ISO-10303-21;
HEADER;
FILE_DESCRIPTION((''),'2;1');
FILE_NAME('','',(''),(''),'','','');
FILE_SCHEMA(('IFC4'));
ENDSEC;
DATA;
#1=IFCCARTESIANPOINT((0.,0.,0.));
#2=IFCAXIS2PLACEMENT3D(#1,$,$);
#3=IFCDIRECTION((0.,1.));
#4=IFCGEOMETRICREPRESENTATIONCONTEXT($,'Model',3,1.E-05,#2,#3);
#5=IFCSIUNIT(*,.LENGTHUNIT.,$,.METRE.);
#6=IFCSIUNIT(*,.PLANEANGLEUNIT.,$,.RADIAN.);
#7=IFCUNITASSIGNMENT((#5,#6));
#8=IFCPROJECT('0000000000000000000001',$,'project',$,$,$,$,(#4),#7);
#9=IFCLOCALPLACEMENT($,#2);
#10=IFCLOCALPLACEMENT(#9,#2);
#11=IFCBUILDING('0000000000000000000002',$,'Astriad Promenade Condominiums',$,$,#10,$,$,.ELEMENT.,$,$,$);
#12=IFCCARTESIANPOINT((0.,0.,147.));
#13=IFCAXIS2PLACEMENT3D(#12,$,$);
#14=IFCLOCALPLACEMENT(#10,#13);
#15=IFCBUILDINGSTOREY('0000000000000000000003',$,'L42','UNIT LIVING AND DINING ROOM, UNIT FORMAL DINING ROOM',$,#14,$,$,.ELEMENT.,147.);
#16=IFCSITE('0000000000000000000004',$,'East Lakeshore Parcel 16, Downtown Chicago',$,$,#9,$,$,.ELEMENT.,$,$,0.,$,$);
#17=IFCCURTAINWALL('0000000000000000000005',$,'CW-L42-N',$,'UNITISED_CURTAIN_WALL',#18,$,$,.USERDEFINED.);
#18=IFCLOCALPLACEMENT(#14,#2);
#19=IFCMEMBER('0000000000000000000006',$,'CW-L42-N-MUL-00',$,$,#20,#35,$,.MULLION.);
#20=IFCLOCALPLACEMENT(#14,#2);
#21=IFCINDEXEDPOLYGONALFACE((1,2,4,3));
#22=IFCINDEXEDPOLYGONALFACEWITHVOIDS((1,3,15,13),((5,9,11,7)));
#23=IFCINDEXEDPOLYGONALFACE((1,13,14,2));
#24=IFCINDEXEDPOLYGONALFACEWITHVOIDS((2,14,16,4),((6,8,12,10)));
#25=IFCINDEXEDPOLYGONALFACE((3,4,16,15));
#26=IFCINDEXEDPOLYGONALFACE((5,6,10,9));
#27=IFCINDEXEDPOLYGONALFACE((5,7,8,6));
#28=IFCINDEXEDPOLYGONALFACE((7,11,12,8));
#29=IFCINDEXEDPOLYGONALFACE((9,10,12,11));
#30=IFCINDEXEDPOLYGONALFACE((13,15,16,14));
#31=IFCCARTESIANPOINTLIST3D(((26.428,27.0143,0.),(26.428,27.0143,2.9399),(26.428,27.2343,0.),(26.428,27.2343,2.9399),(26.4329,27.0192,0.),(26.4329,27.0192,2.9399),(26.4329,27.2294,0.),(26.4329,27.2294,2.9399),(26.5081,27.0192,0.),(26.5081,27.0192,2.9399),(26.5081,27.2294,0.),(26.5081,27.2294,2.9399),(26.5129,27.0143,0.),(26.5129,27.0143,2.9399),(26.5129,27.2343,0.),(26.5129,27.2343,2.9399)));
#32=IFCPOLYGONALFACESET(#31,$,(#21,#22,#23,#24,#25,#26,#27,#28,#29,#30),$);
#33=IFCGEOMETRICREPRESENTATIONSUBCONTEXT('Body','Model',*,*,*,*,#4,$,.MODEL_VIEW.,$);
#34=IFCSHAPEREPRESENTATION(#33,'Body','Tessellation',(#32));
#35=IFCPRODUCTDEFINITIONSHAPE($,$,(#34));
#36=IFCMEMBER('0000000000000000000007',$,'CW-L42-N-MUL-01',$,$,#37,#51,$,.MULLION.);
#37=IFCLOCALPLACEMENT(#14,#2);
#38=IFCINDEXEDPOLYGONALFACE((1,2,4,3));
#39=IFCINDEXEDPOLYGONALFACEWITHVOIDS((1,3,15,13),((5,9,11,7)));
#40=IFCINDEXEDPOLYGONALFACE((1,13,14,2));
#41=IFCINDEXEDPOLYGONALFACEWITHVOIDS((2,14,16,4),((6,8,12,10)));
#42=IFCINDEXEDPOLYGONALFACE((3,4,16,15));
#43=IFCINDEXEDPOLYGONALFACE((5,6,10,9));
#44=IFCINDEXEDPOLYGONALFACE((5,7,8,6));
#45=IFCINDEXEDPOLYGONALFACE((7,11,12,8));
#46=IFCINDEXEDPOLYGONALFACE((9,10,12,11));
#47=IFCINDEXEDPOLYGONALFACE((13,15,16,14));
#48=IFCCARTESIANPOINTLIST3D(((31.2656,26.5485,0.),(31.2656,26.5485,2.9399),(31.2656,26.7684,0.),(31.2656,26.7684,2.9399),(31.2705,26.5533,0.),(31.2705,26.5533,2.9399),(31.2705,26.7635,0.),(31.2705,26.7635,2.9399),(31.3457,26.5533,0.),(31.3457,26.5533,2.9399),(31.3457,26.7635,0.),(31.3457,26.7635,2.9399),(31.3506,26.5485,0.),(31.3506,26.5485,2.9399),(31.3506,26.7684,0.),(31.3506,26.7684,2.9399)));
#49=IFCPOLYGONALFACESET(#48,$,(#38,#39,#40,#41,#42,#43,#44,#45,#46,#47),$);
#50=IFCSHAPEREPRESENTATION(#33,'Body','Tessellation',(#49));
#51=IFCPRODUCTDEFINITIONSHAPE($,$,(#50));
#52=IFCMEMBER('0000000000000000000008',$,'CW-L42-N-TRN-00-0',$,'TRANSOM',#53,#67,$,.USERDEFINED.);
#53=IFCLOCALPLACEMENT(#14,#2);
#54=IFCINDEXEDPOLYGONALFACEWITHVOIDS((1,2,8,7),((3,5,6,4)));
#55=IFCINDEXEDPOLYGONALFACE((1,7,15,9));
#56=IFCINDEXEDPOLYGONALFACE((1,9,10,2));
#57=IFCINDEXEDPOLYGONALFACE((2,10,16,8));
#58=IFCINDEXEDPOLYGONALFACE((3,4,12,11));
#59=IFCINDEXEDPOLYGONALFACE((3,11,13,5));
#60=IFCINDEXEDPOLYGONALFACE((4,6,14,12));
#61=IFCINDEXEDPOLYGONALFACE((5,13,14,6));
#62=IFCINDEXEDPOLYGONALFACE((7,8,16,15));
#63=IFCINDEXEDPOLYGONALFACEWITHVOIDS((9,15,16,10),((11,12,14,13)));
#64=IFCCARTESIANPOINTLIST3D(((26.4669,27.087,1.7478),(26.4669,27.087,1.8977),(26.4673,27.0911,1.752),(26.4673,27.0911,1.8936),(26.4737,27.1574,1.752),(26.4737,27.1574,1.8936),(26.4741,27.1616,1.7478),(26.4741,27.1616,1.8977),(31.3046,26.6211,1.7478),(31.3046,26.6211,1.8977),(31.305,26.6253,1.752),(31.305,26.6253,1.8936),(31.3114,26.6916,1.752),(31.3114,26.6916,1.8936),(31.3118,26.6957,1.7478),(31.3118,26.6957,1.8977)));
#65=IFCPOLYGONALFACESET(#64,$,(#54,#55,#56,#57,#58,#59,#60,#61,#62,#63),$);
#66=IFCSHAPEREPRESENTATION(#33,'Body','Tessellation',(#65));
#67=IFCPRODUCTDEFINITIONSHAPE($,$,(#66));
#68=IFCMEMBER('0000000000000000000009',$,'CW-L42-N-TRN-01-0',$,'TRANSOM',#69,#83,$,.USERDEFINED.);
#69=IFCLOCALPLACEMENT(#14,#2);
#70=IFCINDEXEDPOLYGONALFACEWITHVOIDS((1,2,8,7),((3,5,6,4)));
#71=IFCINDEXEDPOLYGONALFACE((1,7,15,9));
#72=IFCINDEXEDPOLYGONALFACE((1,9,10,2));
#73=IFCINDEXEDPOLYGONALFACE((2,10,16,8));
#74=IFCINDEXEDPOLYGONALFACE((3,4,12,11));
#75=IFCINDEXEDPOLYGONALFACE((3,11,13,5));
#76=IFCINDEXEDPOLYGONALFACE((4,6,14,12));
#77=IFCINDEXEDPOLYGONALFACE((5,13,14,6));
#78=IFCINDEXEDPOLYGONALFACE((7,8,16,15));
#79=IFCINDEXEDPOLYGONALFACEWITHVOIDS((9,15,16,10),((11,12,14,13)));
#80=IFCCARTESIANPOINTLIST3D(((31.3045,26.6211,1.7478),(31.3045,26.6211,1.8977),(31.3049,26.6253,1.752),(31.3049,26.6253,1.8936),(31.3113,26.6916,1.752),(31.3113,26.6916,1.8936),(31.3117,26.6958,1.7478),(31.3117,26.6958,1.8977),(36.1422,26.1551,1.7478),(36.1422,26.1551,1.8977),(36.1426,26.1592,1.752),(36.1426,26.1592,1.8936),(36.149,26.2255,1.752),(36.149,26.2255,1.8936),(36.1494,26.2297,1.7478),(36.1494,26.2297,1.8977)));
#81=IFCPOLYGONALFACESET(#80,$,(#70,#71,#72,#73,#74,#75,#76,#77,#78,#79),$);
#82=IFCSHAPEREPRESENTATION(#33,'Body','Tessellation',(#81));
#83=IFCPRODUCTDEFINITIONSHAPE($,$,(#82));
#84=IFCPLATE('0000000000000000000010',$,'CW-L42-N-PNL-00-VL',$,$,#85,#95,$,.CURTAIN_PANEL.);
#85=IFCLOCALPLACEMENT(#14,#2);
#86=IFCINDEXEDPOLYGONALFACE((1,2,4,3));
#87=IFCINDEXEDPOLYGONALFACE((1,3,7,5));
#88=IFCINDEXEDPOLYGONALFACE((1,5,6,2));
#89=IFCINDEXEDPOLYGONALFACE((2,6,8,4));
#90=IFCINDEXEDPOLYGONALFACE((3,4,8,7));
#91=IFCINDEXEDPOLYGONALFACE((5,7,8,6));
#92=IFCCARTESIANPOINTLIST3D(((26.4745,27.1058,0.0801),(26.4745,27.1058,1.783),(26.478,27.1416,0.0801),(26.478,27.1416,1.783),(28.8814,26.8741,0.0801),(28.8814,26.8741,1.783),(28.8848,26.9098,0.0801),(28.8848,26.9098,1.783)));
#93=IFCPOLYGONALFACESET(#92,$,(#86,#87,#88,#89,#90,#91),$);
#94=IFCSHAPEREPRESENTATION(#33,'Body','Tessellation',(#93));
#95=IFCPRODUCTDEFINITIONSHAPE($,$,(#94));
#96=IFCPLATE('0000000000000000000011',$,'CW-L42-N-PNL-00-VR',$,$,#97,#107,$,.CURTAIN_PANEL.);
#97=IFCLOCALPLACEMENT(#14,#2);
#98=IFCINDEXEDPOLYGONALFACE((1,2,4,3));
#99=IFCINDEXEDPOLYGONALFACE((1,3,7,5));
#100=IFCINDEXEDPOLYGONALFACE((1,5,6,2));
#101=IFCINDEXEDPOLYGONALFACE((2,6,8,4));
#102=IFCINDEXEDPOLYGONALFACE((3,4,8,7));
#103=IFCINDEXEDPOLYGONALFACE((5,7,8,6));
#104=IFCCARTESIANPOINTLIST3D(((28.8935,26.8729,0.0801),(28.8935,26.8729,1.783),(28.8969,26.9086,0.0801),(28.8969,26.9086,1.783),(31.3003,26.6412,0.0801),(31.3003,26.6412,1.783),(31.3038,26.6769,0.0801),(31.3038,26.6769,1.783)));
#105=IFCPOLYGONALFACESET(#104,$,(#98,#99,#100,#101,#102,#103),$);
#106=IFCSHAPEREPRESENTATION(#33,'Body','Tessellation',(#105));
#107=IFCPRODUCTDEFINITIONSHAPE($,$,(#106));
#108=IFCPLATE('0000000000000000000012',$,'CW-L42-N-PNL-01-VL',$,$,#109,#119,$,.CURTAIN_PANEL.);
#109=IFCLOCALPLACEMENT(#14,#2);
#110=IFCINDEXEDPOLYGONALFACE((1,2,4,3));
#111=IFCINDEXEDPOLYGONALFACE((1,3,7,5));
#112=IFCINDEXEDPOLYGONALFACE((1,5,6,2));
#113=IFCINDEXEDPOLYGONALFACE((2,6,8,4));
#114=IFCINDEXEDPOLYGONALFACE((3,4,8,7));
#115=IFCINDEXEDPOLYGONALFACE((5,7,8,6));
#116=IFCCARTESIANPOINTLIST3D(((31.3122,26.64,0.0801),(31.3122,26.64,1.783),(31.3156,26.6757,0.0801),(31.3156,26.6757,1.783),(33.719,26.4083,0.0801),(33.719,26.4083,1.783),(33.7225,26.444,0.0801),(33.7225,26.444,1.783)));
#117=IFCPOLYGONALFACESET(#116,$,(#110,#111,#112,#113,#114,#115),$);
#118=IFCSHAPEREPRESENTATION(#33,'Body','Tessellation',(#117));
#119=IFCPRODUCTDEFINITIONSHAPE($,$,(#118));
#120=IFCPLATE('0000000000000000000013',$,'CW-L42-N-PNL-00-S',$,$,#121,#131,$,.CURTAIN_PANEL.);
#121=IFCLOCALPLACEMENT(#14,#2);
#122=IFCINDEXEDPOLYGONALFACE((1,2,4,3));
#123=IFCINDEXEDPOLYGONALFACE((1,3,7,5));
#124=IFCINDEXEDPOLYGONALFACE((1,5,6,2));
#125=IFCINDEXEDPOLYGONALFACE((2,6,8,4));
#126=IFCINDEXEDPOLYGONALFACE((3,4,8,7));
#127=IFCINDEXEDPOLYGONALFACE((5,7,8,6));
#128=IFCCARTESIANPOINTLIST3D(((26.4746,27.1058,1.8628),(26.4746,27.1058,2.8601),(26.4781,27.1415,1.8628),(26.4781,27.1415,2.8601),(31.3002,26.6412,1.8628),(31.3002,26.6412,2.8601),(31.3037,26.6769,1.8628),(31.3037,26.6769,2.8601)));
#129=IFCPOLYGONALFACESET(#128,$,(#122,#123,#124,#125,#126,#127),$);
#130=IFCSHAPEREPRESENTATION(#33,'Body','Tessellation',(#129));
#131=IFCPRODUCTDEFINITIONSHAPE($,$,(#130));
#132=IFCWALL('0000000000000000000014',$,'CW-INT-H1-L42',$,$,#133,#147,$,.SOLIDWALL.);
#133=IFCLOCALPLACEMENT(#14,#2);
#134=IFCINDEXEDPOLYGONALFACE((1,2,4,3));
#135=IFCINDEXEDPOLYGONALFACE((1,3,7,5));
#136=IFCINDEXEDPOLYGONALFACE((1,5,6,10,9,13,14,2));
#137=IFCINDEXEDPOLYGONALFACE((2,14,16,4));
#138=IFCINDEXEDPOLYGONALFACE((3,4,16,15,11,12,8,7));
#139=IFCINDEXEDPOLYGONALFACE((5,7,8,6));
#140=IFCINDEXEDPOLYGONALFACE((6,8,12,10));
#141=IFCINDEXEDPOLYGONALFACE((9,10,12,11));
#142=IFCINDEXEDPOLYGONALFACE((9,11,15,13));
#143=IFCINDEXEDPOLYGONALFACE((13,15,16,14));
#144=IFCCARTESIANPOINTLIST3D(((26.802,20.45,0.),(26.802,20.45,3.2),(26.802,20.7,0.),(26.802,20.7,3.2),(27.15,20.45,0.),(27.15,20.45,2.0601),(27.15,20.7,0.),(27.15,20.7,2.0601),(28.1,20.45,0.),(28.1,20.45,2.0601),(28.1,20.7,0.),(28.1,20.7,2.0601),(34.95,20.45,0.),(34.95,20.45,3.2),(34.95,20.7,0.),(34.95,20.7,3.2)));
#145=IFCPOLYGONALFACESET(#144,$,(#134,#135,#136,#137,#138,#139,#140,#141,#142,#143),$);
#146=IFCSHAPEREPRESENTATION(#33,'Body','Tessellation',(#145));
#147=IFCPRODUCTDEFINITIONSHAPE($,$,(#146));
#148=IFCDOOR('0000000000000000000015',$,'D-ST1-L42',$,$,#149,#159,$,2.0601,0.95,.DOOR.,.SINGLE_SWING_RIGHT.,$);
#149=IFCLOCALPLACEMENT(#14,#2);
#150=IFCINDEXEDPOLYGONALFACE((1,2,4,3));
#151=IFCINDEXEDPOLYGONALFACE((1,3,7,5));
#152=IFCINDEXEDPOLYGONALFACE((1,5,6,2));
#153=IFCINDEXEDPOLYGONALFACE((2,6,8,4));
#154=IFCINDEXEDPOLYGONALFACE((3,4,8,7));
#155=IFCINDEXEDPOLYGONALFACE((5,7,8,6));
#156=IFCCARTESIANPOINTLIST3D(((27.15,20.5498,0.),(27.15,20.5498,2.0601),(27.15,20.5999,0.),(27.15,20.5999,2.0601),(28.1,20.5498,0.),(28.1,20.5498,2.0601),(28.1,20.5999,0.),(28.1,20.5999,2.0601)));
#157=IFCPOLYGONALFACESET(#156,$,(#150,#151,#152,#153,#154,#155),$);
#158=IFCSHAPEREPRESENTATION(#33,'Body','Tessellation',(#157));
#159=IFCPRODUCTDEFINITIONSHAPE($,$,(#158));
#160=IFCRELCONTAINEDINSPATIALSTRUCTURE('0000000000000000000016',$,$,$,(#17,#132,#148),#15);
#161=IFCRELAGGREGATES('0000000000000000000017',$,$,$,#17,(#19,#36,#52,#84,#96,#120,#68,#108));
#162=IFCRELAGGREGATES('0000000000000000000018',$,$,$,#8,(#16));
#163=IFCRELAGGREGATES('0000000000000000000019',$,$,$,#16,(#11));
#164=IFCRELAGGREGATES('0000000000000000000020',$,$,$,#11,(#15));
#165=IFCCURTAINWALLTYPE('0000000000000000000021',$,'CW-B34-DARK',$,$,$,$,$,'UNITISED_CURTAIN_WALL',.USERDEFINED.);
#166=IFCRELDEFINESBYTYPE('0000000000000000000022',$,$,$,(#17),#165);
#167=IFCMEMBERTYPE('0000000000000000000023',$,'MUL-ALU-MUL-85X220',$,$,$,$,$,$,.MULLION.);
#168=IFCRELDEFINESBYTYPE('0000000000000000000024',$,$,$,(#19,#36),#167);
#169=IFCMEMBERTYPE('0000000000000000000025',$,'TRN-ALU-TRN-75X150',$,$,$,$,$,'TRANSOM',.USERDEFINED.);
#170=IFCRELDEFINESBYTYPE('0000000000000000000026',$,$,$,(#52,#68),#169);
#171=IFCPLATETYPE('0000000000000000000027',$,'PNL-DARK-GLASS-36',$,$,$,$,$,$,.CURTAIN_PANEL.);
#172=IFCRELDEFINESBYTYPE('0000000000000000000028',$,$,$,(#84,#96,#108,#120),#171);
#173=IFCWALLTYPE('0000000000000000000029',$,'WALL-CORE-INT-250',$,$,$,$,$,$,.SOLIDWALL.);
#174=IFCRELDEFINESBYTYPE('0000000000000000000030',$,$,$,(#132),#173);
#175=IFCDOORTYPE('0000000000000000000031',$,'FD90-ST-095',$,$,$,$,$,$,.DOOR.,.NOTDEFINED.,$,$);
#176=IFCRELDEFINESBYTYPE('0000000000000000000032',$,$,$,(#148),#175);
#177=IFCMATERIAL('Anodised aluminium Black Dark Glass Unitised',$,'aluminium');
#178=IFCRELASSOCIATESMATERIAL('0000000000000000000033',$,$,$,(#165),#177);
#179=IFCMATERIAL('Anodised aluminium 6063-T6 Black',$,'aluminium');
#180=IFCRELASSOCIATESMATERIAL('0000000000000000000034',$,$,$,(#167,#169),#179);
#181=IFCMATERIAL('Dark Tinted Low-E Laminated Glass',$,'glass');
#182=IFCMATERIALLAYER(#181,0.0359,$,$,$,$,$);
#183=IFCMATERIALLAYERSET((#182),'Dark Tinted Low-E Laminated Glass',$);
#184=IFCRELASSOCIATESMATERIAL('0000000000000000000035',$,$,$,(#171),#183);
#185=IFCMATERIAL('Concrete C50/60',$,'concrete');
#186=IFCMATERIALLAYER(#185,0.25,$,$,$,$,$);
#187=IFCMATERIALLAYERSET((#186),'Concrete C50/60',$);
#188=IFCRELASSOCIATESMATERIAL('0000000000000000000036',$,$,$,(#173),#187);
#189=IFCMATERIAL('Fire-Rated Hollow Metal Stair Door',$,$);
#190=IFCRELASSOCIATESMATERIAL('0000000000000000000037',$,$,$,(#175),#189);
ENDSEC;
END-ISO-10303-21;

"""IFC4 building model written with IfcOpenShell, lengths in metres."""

from ifc_helpers import new_model, si_unit, direction, frame, frame_2d, origin, origin_2d, place, context, subcontext, project, spatial, rectangle, hollow_rectangle, extrude, source, transform, mapped, material, layer, layer_set, material_profile, profile_set, type_object, type_shapes, element, fill, aggregate, save


model = new_model("IFC4")

# Units and contexts
model_context = context("Model", 3, precision=1e-05, world=origin(), true_north=direction((0.0, 1.0)))
body_context = subcontext(model_context, "Body", "Model", "MODEL_VIEW")
ifc_project = project(units=[si_unit("LENGTHUNIT", "METRE"), si_unit("PLANEANGLEUNIT", "RADIAN")], contexts=[model_context])

# Site, building, storey
site_placement = place(None, origin())
site = spatial("IfcSite", under=ifc_project, at=site_placement, Name="East Lakeshore Parcel 16, Downtown Chicago", CompositionType="ELEMENT", RefElevation=0.0)
building_placement = place(site_placement, origin())
building = spatial("IfcBuilding", under=site, at=building_placement, Name="Astriad Promenade Condominiums", CompositionType="ELEMENT")
storey_placement = place(building_placement, frame((0.0, 0.0, 147.0)))
storey = spatial("IfcBuildingStorey", under=building, at=storey_placement, Name="L42", Description="UNIT LIVING AND DINING ROOM, UNIT FORMAL DINING ROOM", CompositionType="ELEMENT", Elevation=147.0)

# Curtain wall, members, plates
ifc_material_1 = material(Name="Anodised aluminium Black Dark Glass Unitised", Category="aluminium")
curtain_wall_type = type_object("IfcCurtainWallType", Name="CW-B34-DARK", ElementType="UNITISED_CURTAIN_WALL", PredefinedType="USERDEFINED", material=ifc_material_1)
curtain_wall_placement = place(storey_placement, origin())
curtain_wall = element("IfcCurtainWall", 1, at=curtain_wall_placement, inside=storey, type_object=curtain_wall_type, Name="CW-L42-N", ObjectType="UNITISED_CURTAIN_WALL", PredefinedType="USERDEFINED")
ifc_material_2 = material(Name="Anodised aluminium 6063-T6 Black", Category="aluminium")
ifc_material_profile_1 = material_profile(ifc_material_2, hollow_rectangle(XDim=0.085, YDim=0.22, WallThickness=0.0049, at=origin_2d()), Name="ALU-MUL-85X220")
ifc_profile_set_1 = profile_set([ifc_material_profile_1], Name="Anodised aluminium 6063-T6 Black")
member_type_1 = type_object("IfcMemberType", Name="MUL-ALU-MUL-85X220", PredefinedType="MULLION", material=ifc_profile_set_1)
shared_shape_1 = source(origin(), body_context, "Body", "SweptSolid", [
    extrude(hollow_rectangle(XDim=0.085, YDim=0.22, WallThickness=0.0049, at=origin_2d()), origin(), (0.0, 0.0, 1.0), 2.9399),
])
type_shapes(member_type_1, [shared_shape_1])
member_1_placement = place(storey_placement, frame((26.4705, 27.1243, 0.0), z_axis=(0.0, 0.0, 1.0), x_axis=(1.0, 0.0, 0.0)))
member_1 = element("IfcMember", 2, at=member_1_placement, type_object=member_type_1, Name="CW-L42-N-MUL-00", PredefinedType="MULLION", context=body_context, shape_type="MappedRepresentation", body=[
    mapped(shared_shape_1, transform((0.0, 0.0, 0.0), scale=1.0)),
])
member_2_placement = place(storey_placement, frame((31.3081, 26.6584, 0.0), z_axis=(0.0, 0.0, 1.0), x_axis=(1.0, 0.0, 0.0)))
member_2 = element("IfcMember", 3, at=member_2_placement, type_object=member_type_1, Name="CW-L42-N-MUL-01", PredefinedType="MULLION", context=body_context, shape_type="MappedRepresentation", body=[
    mapped(shared_shape_1, transform((0.0, 0.0, 0.0), scale=1.0)),
])
ifc_material_profile_2 = material_profile(ifc_material_2, hollow_rectangle(XDim=0.075, YDim=0.1499, WallThickness=0.0042, at=origin_2d()), Name="ALU-TRN-75X150")
ifc_profile_set_2 = profile_set([ifc_material_profile_2], Name="Anodised aluminium 6063-T6 Black")
member_type_2 = type_object("IfcMemberType", Name="TRN-ALU-TRN-75X150", ElementType="TRANSOM", PredefinedType="USERDEFINED", material=ifc_profile_set_2)
shared_shape_2 = source(origin(), body_context, "Body", "SweptSolid", [
    extrude(hollow_rectangle(XDim=0.075, YDim=0.1499, WallThickness=0.0042, at=origin_2d()), origin(), (0.0, 0.0, 1.0), 4.8601),
])
type_shapes(member_type_2, [shared_shape_2])
member_3_placement = place(storey_placement, frame((26.4705, 27.1243, 1.8228), z_axis=(0.995396, -0.095847, 0.0), x_axis=(0.095847, 0.995396, 0.0)))
member_3 = element("IfcMember", 4, at=member_3_placement, type_object=member_type_2, Name="CW-L42-N-TRN-00-0", ObjectType="TRANSOM", PredefinedType="USERDEFINED", context=body_context, shape_type="MappedRepresentation", body=[
    mapped(shared_shape_2, transform((0.0, 0.0, 0.0), scale=1.0)),
])
member_4_placement = place(storey_placement, frame((31.3081, 26.6584, 1.8228), z_axis=(0.995391, -0.095897, 0.0), x_axis=(0.095897, 0.995391, 0.0)))
member_4 = element("IfcMember", 5, at=member_4_placement, type_object=member_type_2, Name="CW-L42-N-TRN-01-0", ObjectType="TRANSOM", PredefinedType="USERDEFINED", context=body_context, shape_type="MappedRepresentation", body=[
    mapped(shared_shape_2, transform((0.0, 0.0, 0.0), scale=1.0)),
])
ifc_material_3 = material(Name="Dark Tinted Low-E Laminated Glass", Category="glass")
ifc_layer_1 = layer(ifc_material_3, 0.0359)
ifc_layer_set_1 = layer_set([ifc_layer_1], Name="Dark Tinted Low-E Laminated Glass")
plate_type = type_object("IfcPlateType", Name="PNL-DARK-GLASS-36", PredefinedType="CURTAIN_PANEL", material=ifc_layer_set_1)
shared_shape_3 = source(origin(), body_context, "Body", "SweptSolid", [
    extrude(rectangle(XDim=2.418, YDim=0.0359, at=origin_2d()), origin(), (0.0, 0.0, 1.0), 1.7029),
])
plate_1_placement = place(storey_placement, frame((27.6797, 27.0078, 0.0801), z_axis=(0.0, 0.0, 1.0), x_axis=(0.995396, -0.095846, 0.0)))
plate_1 = element("IfcPlate", 6, at=plate_1_placement, type_object=plate_type, Name="CW-L42-N-PNL-00-VL", PredefinedType="CURTAIN_PANEL", context=body_context, shape_type="MappedRepresentation", body=[
    mapped(shared_shape_3, transform((0.0, 0.0, 0.0), scale=1.0)),
])
plate_2_placement = place(storey_placement, frame((30.0986, 26.7749, 0.0801), z_axis=(0.0, 0.0, 1.0), x_axis=(0.995396, -0.095846, 0.0)))
plate_2 = element("IfcPlate", 7, at=plate_2_placement, type_object=plate_type, Name="CW-L42-N-PNL-00-VR", PredefinedType="CURTAIN_PANEL", context=body_context, shape_type="MappedRepresentation", body=[
    mapped(shared_shape_3, transform((0.0, 0.0, 0.0), scale=1.0)),
])
plate_3_placement = place(storey_placement, frame((32.5173, 26.542, 0.0801), z_axis=(0.0, 0.0, 1.0), x_axis=(0.995396, -0.095846, 0.0)))
plate_3 = element("IfcPlate", 8, at=plate_3_placement, type_object=plate_type, Name="CW-L42-N-PNL-01-VL", PredefinedType="CURTAIN_PANEL", context=body_context, shape_type="MappedRepresentation", body=[
    mapped(shared_shape_3, transform((0.0, 0.0, 0.0), scale=1.0)),
])
shared_shape_4 = source(origin(), body_context, "Body", "SweptSolid", [
    extrude(rectangle(XDim=4.8479, YDim=0.0359, at=origin_2d()), origin(), (0.0, 0.0, 1.0), 0.9973),
])
type_shapes(plate_type, [shared_shape_3, shared_shape_4])
plate_4_placement = place(storey_placement, frame((28.8892, 26.8914, 1.8628), z_axis=(0.0, 0.0, 1.0), x_axis=(0.995396, -0.095846, 0.0)))
plate_4 = element("IfcPlate", 9, at=plate_4_placement, type_object=plate_type, Name="CW-L42-N-PNL-00-S", PredefinedType="CURTAIN_PANEL", context=body_context, shape_type="MappedRepresentation", body=[
    mapped(shared_shape_4, transform((0.0, 0.0, 0.0), scale=1.0)),
])
aggregate(curtain_wall, [member_1, member_2, member_3, plate_1, plate_2, plate_4, member_4, plate_3])

# Wall, opening, door
ifc_material_4 = material(Name="Concrete C50/60", Category="concrete")
ifc_layer_2 = layer(ifc_material_4, 0.25)
ifc_layer_set_2 = layer_set([ifc_layer_2], Name="Concrete C50/60")
wall_type = type_object("IfcWallType", Name="WALL-CORE-INT-250", PredefinedType="SOLIDWALL", material=ifc_layer_set_2)
wall_placement = place(storey_placement, frame((26.802, 20.575, 0.0), z_axis=(0.0, 0.0, 1.0), x_axis=(1.0, 0.0, 0.0)))
wall = element("IfcWall", 10, at=wall_placement, inside=storey, type_object=wall_type, Name="CW-INT-H1-L42", PredefinedType="SOLIDWALL", context=body_context, shape_type="SweptSolid", body=[
    extrude(rectangle(XDim=8.1479, YDim=0.25, at=frame_2d((4.074, 0.0))), origin(), (0.0, 0.0, 1.0), 3.2),
])
opening_placement = place(wall_placement, frame((0.3479, 0.0, 0.0)))
opening = element("IfcOpeningElement", 11, at=opening_placement, cuts=wall, PredefinedType="OPENING", context=body_context, shape_type="SweptSolid", body=[
    extrude(rectangle(XDim=0.95, YDim=2.0601, at=frame_2d((0.4751, 1.03))), frame((0.0, 0.135, 0.0), z_axis=(0.0, -1.0, 0.0), x_axis=(1.0, 0.0, 0.0)), (0.0, 0.0, 1.0), 0.27),
])
ifc_material_5 = material(Name="Fire-Rated Hollow Metal Stair Door")
door_type = type_object("IfcDoorType", Name="FD90-ST-095", OperationType="NOTDEFINED", PredefinedType="DOOR", material=ifc_material_5)
shared_shape_5 = source(origin(), body_context, "Body", "SweptSolid", [
    extrude(rectangle(XDim=0.95, YDim=2.0601, at=frame_2d((0.4751, 1.03))), frame((0.0, 0.0249, 0.0), z_axis=(0.0, -1.0, 0.0), x_axis=(1.0, 0.0, 0.0)), (0.0, 0.0, 1.0), 0.05),
])
type_shapes(door_type, [shared_shape_5])
door_placement = place(opening_placement, origin())
door = element("IfcDoor", 12, at=door_placement, inside=storey, type_object=door_type, Name="D-ST1-L42", OperationType="SINGLE_SWING_RIGHT", OverallHeight=2.0601, OverallWidth=0.95, PredefinedType="DOOR", context=body_context, shape_type="MappedRepresentation", body=[
    mapped(shared_shape_5, transform((0.0, 0.0, 0.0), scale=1.0)),
])
fill(opening, door)

save(model, "model.ifc")
